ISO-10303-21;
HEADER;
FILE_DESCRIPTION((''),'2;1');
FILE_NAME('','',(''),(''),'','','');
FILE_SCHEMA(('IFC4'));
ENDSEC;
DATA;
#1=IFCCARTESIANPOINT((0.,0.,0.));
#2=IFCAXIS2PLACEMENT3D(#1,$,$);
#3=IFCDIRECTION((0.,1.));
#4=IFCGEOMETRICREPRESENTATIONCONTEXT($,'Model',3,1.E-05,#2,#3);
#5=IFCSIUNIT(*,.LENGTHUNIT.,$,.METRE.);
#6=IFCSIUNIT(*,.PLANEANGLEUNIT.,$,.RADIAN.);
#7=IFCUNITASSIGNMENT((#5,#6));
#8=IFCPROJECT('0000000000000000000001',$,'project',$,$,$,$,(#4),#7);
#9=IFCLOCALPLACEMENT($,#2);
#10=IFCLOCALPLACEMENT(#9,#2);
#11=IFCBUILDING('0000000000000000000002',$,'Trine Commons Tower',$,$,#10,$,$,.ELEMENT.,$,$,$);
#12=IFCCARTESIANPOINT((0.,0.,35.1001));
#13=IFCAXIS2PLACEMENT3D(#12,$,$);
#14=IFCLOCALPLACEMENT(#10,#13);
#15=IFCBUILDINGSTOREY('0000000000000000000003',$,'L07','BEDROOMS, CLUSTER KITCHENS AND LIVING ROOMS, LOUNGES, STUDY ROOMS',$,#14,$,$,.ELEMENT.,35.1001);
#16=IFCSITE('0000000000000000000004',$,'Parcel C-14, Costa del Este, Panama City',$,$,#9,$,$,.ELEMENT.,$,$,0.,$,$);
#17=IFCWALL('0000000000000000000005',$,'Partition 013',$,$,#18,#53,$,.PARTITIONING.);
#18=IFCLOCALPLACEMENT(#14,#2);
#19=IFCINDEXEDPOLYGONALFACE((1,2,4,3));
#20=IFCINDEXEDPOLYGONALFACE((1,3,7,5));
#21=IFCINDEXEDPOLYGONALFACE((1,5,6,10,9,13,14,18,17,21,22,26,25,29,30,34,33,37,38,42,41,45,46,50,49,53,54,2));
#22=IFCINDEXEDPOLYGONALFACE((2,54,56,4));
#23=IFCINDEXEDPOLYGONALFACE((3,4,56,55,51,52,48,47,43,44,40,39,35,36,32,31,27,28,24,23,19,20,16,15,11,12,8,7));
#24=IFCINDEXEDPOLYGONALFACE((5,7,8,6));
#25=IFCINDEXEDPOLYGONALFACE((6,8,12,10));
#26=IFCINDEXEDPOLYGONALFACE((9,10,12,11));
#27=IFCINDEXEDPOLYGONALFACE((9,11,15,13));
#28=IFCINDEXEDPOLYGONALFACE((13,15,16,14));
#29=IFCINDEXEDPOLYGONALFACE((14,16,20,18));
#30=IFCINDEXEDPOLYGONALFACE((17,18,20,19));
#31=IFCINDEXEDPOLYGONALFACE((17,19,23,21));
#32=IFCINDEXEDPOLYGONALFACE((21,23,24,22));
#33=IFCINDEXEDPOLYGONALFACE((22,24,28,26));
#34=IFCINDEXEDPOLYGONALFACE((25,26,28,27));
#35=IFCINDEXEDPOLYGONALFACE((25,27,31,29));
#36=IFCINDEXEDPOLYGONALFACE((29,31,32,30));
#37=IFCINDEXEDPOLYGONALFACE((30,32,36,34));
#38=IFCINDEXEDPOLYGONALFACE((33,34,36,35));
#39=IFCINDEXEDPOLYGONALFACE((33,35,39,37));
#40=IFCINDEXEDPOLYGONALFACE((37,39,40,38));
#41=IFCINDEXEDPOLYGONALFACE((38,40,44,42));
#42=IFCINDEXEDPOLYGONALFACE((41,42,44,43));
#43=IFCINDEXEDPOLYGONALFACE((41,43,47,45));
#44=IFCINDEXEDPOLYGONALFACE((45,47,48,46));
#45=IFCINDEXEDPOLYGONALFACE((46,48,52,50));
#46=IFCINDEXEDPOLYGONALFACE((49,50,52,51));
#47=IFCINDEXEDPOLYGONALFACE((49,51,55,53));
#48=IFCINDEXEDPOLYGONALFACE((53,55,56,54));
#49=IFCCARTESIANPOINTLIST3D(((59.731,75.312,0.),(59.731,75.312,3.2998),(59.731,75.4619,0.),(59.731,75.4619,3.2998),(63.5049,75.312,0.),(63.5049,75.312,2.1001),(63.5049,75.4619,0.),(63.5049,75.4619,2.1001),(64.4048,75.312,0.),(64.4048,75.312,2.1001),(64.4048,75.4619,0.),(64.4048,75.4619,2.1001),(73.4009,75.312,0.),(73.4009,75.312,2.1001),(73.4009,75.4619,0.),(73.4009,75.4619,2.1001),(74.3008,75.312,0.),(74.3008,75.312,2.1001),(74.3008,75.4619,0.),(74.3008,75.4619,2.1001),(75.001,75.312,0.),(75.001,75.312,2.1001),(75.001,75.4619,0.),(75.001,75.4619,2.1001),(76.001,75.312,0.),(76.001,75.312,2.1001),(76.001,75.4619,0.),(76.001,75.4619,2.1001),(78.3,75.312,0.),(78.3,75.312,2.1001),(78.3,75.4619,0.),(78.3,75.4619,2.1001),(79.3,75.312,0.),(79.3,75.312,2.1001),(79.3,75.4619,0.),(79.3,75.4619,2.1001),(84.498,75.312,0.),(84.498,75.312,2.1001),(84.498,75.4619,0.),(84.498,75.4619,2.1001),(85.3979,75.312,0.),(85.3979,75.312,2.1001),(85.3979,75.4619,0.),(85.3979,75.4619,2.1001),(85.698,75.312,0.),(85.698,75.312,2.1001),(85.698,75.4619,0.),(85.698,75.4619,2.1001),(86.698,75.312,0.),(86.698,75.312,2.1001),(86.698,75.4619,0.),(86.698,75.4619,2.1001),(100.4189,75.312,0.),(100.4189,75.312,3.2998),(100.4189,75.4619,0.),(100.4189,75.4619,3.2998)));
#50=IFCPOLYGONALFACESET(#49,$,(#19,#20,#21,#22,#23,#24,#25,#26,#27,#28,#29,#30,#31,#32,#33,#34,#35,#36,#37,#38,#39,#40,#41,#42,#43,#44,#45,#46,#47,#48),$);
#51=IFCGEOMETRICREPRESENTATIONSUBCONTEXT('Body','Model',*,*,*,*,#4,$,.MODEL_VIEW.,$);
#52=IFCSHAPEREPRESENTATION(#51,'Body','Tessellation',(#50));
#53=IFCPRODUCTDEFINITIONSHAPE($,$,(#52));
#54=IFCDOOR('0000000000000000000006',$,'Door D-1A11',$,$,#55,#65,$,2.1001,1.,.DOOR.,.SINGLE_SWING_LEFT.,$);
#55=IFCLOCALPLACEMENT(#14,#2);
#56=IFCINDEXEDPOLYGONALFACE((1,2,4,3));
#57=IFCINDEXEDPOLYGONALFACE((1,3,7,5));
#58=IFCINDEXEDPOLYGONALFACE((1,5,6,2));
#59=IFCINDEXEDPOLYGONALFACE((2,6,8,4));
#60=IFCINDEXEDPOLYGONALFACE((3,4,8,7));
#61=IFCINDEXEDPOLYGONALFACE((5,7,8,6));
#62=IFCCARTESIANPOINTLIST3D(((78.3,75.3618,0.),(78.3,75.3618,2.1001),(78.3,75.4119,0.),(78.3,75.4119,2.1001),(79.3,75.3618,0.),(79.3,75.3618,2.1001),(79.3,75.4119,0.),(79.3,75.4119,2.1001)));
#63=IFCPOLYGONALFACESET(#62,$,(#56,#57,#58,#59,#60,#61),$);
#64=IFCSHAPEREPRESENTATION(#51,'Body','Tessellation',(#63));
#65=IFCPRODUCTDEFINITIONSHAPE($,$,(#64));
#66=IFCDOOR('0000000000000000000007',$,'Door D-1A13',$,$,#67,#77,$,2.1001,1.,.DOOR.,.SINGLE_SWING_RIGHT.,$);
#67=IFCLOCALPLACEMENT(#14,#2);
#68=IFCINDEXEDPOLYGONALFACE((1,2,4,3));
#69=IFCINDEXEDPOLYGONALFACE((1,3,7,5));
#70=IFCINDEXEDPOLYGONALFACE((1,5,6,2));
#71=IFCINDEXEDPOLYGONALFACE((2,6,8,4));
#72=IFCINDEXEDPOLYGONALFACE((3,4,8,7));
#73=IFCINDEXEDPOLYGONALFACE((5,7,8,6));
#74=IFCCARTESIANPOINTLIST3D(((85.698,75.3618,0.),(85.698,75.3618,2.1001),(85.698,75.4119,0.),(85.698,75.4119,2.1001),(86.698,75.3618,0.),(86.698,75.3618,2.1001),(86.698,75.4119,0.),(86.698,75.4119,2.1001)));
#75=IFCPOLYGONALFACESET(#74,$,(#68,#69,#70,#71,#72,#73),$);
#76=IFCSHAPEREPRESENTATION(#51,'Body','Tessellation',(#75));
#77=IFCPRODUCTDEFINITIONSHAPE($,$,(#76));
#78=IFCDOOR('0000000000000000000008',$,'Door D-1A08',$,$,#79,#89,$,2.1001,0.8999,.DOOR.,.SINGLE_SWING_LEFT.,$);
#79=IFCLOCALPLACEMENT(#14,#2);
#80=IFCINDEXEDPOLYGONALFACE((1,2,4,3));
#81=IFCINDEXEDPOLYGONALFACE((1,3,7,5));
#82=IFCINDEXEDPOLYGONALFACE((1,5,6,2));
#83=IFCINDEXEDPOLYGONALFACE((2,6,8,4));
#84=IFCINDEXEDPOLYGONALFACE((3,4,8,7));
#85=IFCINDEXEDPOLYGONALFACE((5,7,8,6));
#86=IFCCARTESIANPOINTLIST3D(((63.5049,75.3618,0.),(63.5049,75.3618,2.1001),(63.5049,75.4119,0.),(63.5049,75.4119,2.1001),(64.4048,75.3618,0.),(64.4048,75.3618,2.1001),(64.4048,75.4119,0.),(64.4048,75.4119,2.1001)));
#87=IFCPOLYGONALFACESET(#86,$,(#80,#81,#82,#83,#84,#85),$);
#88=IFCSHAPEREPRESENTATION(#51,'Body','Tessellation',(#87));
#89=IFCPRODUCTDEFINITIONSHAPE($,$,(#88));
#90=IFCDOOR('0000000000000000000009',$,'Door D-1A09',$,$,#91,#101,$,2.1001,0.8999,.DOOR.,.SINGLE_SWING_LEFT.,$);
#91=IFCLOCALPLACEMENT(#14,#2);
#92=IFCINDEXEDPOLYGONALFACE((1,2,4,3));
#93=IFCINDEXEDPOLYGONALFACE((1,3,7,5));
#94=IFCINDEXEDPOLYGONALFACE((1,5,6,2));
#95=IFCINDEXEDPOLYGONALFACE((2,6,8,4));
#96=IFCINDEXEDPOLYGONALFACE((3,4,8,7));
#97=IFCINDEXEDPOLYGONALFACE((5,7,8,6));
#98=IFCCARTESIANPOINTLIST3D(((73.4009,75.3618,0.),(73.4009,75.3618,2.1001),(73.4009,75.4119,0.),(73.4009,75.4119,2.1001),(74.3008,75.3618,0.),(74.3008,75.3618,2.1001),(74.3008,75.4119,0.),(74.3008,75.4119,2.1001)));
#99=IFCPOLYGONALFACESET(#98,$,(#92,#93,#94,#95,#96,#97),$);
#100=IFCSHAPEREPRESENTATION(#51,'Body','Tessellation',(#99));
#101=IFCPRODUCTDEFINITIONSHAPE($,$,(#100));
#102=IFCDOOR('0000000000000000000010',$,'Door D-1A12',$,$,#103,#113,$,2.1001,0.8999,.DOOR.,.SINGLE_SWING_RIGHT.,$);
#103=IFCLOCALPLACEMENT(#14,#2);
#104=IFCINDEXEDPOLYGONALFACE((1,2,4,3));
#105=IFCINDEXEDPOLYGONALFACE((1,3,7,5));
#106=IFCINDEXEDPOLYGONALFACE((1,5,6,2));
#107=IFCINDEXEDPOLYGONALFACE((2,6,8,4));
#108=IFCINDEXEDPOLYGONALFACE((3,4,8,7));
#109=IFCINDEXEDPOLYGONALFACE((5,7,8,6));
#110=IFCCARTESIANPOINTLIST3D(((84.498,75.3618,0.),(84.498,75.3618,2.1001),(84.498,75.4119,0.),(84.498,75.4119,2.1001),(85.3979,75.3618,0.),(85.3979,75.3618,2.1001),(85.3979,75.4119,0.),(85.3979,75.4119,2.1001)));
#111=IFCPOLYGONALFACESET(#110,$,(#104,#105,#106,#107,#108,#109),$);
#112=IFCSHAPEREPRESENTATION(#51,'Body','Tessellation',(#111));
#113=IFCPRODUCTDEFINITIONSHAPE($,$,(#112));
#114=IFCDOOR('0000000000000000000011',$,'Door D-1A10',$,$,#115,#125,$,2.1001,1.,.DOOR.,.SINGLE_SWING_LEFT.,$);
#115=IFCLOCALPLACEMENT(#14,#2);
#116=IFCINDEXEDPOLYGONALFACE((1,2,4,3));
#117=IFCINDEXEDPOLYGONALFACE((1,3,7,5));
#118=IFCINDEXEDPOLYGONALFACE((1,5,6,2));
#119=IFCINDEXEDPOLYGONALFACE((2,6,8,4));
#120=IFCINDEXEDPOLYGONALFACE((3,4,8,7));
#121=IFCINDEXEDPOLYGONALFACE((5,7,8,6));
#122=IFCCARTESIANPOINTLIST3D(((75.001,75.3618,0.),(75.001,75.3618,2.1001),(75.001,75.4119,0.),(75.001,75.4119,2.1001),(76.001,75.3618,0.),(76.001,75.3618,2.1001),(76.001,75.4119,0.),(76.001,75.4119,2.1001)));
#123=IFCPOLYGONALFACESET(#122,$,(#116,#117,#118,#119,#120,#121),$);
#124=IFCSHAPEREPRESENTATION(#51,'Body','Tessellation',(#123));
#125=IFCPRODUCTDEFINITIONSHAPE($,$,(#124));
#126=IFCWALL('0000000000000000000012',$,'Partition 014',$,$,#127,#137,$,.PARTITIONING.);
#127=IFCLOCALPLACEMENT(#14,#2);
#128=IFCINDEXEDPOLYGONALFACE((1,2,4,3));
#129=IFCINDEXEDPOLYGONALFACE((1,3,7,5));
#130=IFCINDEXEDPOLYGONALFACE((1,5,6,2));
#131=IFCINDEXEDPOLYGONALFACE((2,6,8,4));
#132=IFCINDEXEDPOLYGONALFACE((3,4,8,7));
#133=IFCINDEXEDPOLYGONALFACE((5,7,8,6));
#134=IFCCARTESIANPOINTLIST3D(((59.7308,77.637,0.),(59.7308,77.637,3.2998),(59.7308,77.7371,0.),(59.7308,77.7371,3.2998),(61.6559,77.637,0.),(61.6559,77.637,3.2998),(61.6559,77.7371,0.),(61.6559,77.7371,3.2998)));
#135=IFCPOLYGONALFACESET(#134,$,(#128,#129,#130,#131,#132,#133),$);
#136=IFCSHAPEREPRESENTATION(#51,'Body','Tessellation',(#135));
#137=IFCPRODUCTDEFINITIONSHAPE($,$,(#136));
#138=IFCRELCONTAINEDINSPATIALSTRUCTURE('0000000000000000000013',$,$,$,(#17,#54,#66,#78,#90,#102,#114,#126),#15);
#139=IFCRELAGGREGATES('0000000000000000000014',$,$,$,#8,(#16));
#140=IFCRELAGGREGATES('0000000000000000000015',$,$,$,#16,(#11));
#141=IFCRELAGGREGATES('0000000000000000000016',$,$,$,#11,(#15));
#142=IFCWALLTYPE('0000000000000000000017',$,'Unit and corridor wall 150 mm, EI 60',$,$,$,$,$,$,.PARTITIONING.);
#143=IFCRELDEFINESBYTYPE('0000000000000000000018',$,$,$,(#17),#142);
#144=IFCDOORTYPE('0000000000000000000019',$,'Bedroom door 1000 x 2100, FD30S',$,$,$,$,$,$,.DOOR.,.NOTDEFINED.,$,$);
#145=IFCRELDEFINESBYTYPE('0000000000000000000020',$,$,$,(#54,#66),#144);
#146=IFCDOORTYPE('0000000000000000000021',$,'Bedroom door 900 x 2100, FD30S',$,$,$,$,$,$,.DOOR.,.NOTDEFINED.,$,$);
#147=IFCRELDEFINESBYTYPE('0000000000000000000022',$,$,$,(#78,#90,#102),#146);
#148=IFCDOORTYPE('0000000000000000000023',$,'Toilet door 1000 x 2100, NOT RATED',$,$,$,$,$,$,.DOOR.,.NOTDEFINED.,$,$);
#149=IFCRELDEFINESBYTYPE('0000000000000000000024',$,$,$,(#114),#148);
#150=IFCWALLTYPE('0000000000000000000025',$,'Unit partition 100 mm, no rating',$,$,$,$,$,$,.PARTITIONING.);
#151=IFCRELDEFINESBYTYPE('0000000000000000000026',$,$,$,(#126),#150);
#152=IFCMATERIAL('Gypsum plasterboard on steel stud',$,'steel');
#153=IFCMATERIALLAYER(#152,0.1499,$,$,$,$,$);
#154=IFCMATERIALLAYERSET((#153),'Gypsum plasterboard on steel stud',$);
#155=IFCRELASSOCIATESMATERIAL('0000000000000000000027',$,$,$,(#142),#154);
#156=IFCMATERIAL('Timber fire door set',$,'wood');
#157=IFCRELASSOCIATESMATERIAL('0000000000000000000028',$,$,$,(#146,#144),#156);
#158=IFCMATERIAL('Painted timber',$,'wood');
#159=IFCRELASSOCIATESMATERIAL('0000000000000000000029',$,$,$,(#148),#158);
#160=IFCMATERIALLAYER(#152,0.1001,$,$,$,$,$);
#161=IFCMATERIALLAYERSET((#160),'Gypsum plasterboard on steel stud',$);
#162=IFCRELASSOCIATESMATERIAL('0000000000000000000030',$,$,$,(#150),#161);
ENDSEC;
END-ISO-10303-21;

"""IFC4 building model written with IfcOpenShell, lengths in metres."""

from ifc_helpers import new_model, si_unit, direction, frame, frame_2d, origin, place, context, subcontext, project, spatial, rectangle, extrude, material, layer, layer_set, type_object, element, fill, save


model = new_model("IFC4")

# Units and contexts
model_context = context("Model", 3, precision=1e-05, world=origin(), true_north=direction((0.0, 1.0)))
body_context = subcontext(model_context, "Body", "Model", "MODEL_VIEW")
ifc_project = project(units=[si_unit("LENGTHUNIT", "METRE"), si_unit("PLANEANGLEUNIT", "RADIAN")], contexts=[model_context])

# Site, building, storey
site_placement = place(None, origin())
site = spatial("IfcSite", under=ifc_project, at=site_placement, Name="Parcel C-14, Costa del Este, Panama City", CompositionType="ELEMENT", RefElevation=0.0)
building_placement = place(site_placement, origin())
building = spatial("IfcBuilding", under=site, at=building_placement, Name="Trine Commons Tower", CompositionType="ELEMENT")
storey_placement = place(building_placement, frame((0.0, 0.0, 35.1001)))
storey = spatial("IfcBuildingStorey", under=building, at=storey_placement, Name="L07", Description="BEDROOMS, CLUSTER KITCHENS AND LIVING ROOMS, LOUNGES, STUDY ROOMS", CompositionType="ELEMENT", Elevation=35.1001)

# Shared definitions
ifc_material_1 = material(Name="Gypsum plasterboard on steel stud", Category="steel")
ifc_layer_1 = layer(ifc_material_1, 0.1499)
ifc_layer_set_1 = layer_set([ifc_layer_1], Name="Gypsum plasterboard on steel stud")
wall_type_1 = type_object("IfcWallType", Name="Unit and corridor wall 150 mm, EI 60", PredefinedType="PARTITIONING", material=ifc_layer_set_1)

# Shared definitions
ifc_material_2 = material(Name="Timber fire door set", Category="wood")
door_type_1 = type_object("IfcDoorType", Name="Bedroom door 900 x 2100, FD30S", OperationType="NOTDEFINED", PredefinedType="DOOR", material=ifc_material_2)

# Wall, openings, doors
wall_1_placement = place(storey_placement, frame((59.731, 75.387, 0.0), z_axis=(0.0, 0.0, 1.0), x_axis=(1.0, 0.0, 0.0)))
wall_1 = element("IfcWall", 1, at=wall_1_placement, inside=storey, type_object=wall_type_1, Name="Partition 013", PredefinedType="PARTITIONING", context=body_context, shape_type="SweptSolid", body=[
    extrude(rectangle(XDim=40.688, YDim=0.1499, at=frame_2d((20.344, 0.0))), origin(), (0.0, 0.0, 1.0), 3.2998),
])
opening_1_placement = place(wall_1_placement, frame((3.7739, 0.0, 0.0)))
opening_1 = element("IfcOpeningElement", 2, at=opening_1_placement, cuts=wall_1, PredefinedType="OPENING", context=body_context, shape_type="SweptSolid", body=[
    extrude(rectangle(XDim=0.8999, YDim=2.1001, at=frame_2d((0.45, 1.05))), frame((0.0, 0.085, 0.0), z_axis=(0.0, -1.0, 0.0), x_axis=(1.0, 0.0, 0.0)), (0.0, 0.0, 1.0), 0.1699),
])
opening_2_placement = place(wall_1_placement, frame((13.6699, 0.0, 0.0)))
opening_2 = element("IfcOpeningElement", 3, at=opening_2_placement, cuts=wall_1, PredefinedType="OPENING", context=body_context, shape_type="SweptSolid", body=[
    extrude(rectangle(XDim=0.8999, YDim=2.1001, at=frame_2d((0.45, 1.05))), frame((0.0, 0.085, 0.0), z_axis=(0.0, -1.0, 0.0), x_axis=(1.0, 0.0, 0.0)), (0.0, 0.0, 1.0), 0.1699),
])
opening_3_placement = place(wall_1_placement, frame((15.27, 0.0, 0.0)))
opening_3 = element("IfcOpeningElement", 4, at=opening_3_placement, cuts=wall_1, PredefinedType="OPENING", context=body_context, shape_type="SweptSolid", body=[
    extrude(rectangle(XDim=1.0, YDim=2.1001, at=frame_2d((0.5, 1.05))), frame((0.0, 0.085, 0.0), z_axis=(0.0, -1.0, 0.0), x_axis=(1.0, 0.0, 0.0)), (0.0, 0.0, 1.0), 0.1699),
])
opening_4_placement = place(wall_1_placement, frame((18.5691, 0.0, 0.0)))
opening_4 = element("IfcOpeningElement", 5, at=opening_4_placement, cuts=wall_1, PredefinedType="OPENING", context=body_context, shape_type="SweptSolid", body=[
    extrude(rectangle(XDim=1.0, YDim=2.1001, at=frame_2d((0.5, 1.05))), frame((0.0, 0.085, 0.0), z_axis=(0.0, -1.0, 0.0), x_axis=(1.0, 0.0, 0.0)), (0.0, 0.0, 1.0), 0.1699),
])
opening_5_placement = place(wall_1_placement, frame((24.7671, 0.0, 0.0)))
opening_5 = element("IfcOpeningElement", 6, at=opening_5_placement, cuts=wall_1, PredefinedType="OPENING", context=body_context, shape_type="SweptSolid", body=[
    extrude(rectangle(XDim=0.8999, YDim=2.1001, at=frame_2d((0.45, 1.05))), frame((0.0, 0.085, 0.0), z_axis=(0.0, -1.0, 0.0), x_axis=(1.0, 0.0, 0.0)), (0.0, 0.0, 1.0), 0.1699),
])
opening_6_placement = place(wall_1_placement, frame((25.967, 0.0, 0.0)))
opening_6 = element("IfcOpeningElement", 7, at=opening_6_placement, cuts=wall_1, PredefinedType="OPENING", context=body_context, shape_type="SweptSolid", body=[
    extrude(rectangle(XDim=1.0, YDim=2.1001, at=frame_2d((0.5, 1.05))), frame((0.0, 0.085, 0.0), z_axis=(0.0, -1.0, 0.0), x_axis=(1.0, 0.0, 0.0)), (0.0, 0.0, 1.0), 0.1699),
])
door_type_2 = type_object("IfcDoorType", Name="Bedroom door 1000 x 2100, FD30S", OperationType="NOTDEFINED", PredefinedType="DOOR", material=ifc_material_2)
door_1_placement = place(opening_4_placement, origin())
door_1 = element("IfcDoor", 8, at=door_1_placement, inside=storey, type_object=door_type_2, Name="Door D-1A11", OperationType="SINGLE_SWING_LEFT", OverallHeight=2.1001, OverallWidth=1.0, PredefinedType="DOOR", context=body_context, shape_type="SweptSolid", body=[
    extrude(rectangle(XDim=1.0, YDim=2.1001, at=frame_2d((0.5, 1.05))), frame((0.0, 0.0249, 0.0), z_axis=(0.0, -1.0, 0.0), x_axis=(1.0, 0.0, 0.0)), (0.0, 0.0, 1.0), 0.05),
])
fill(opening_4, door_1)
door_2_placement = place(opening_6_placement, origin())
door_2 = element("IfcDoor", 9, at=door_2_placement, inside=storey, type_object=door_type_2, Name="Door D-1A13", OperationType="SINGLE_SWING_RIGHT", OverallHeight=2.1001, OverallWidth=1.0, PredefinedType="DOOR", context=body_context, shape_type="SweptSolid", body=[
    extrude(rectangle(XDim=1.0, YDim=2.1001, at=frame_2d((0.5, 1.05))), frame((0.0, 0.0249, 0.0), z_axis=(0.0, -1.0, 0.0), x_axis=(1.0, 0.0, 0.0)), (0.0, 0.0, 1.0), 0.05),
])
fill(opening_6, door_2)
door_3_placement = place(opening_1_placement, origin())
door_3 = element("IfcDoor", 10, at=door_3_placement, inside=storey, type_object=door_type_1, Name="Door D-1A08", OperationType="SINGLE_SWING_LEFT", OverallHeight=2.1001, OverallWidth=0.8999, PredefinedType="DOOR", context=body_context, shape_type="SweptSolid", body=[
    extrude(rectangle(XDim=0.8999, YDim=2.1001, at=frame_2d((0.45, 1.05))), frame((0.0, 0.0249, 0.0), z_axis=(0.0, -1.0, 0.0), x_axis=(1.0, 0.0, 0.0)), (0.0, 0.0, 1.0), 0.05),
])
fill(opening_1, door_3)
door_4_placement = place(opening_2_placement, origin())
door_4 = element("IfcDoor", 11, at=door_4_placement, inside=storey, type_object=door_type_1, Name="Door D-1A09", OperationType="SINGLE_SWING_LEFT", OverallHeight=2.1001, OverallWidth=0.8999, PredefinedType="DOOR", context=body_context, shape_type="SweptSolid", body=[
    extrude(rectangle(XDim=0.8999, YDim=2.1001, at=frame_2d((0.45, 1.05))), frame((0.0, 0.0249, 0.0), z_axis=(0.0, -1.0, 0.0), x_axis=(1.0, 0.0, 0.0)), (0.0, 0.0, 1.0), 0.05),
])
fill(opening_2, door_4)
door_5_placement = place(opening_5_placement, origin())
door_5 = element("IfcDoor", 12, at=door_5_placement, inside=storey, type_object=door_type_1, Name="Door D-1A12", OperationType="SINGLE_SWING_RIGHT", OverallHeight=2.1001, OverallWidth=0.8999, PredefinedType="DOOR", context=body_context, shape_type="SweptSolid", body=[
    extrude(rectangle(XDim=0.8999, YDim=2.1001, at=frame_2d((0.45, 1.05))), frame((0.0, 0.0249, 0.0), z_axis=(0.0, -1.0, 0.0), x_axis=(1.0, 0.0, 0.0)), (0.0, 0.0, 1.0), 0.05),
])
fill(opening_5, door_5)
ifc_material_3 = material(Name="Painted timber", Category="wood")
door_type_3 = type_object("IfcDoorType", Name="Toilet door 1000 x 2100, NOT RATED", OperationType="NOTDEFINED", PredefinedType="DOOR", material=ifc_material_3)
door_6_placement = place(opening_3_placement, origin())
door_6 = element("IfcDoor", 13, at=door_6_placement, inside=storey, type_object=door_type_3, Name="Door D-1A10", OperationType="SINGLE_SWING_LEFT", OverallHeight=2.1001, OverallWidth=1.0, PredefinedType="DOOR", context=body_context, shape_type="SweptSolid", body=[
    extrude(rectangle(XDim=1.0, YDim=2.1001, at=frame_2d((0.5, 1.05))), frame((0.0, 0.0249, 0.0), z_axis=(0.0, -1.0, 0.0), x_axis=(1.0, 0.0, 0.0)), (0.0, 0.0, 1.0), 0.05),
])
fill(opening_3, door_6)

# Wall
ifc_layer_2 = layer(ifc_material_1, 0.1001)
ifc_layer_set_2 = layer_set([ifc_layer_2], Name="Gypsum plasterboard on steel stud")
wall_type_2 = type_object("IfcWallType", Name="Unit partition 100 mm, no rating", PredefinedType="PARTITIONING", material=ifc_layer_set_2)
wall_2_placement = place(storey_placement, frame((59.731, 77.687, 0.0), z_axis=(0.0, 0.0, 1.0), x_axis=(1.0, 0.0, 0.0)))
element("IfcWall", 14, at=wall_2_placement, inside=storey, type_object=wall_type_2, Name="Partition 014", PredefinedType="PARTITIONING", context=body_context, shape_type="SweptSolid", body=[
    extrude(rectangle(XDim=1.925, YDim=0.1001, at=frame_2d((0.9624, 0.0))), origin(), (0.0, 0.0, 1.0), 3.2998),
])

save(model, "model.ifc")
